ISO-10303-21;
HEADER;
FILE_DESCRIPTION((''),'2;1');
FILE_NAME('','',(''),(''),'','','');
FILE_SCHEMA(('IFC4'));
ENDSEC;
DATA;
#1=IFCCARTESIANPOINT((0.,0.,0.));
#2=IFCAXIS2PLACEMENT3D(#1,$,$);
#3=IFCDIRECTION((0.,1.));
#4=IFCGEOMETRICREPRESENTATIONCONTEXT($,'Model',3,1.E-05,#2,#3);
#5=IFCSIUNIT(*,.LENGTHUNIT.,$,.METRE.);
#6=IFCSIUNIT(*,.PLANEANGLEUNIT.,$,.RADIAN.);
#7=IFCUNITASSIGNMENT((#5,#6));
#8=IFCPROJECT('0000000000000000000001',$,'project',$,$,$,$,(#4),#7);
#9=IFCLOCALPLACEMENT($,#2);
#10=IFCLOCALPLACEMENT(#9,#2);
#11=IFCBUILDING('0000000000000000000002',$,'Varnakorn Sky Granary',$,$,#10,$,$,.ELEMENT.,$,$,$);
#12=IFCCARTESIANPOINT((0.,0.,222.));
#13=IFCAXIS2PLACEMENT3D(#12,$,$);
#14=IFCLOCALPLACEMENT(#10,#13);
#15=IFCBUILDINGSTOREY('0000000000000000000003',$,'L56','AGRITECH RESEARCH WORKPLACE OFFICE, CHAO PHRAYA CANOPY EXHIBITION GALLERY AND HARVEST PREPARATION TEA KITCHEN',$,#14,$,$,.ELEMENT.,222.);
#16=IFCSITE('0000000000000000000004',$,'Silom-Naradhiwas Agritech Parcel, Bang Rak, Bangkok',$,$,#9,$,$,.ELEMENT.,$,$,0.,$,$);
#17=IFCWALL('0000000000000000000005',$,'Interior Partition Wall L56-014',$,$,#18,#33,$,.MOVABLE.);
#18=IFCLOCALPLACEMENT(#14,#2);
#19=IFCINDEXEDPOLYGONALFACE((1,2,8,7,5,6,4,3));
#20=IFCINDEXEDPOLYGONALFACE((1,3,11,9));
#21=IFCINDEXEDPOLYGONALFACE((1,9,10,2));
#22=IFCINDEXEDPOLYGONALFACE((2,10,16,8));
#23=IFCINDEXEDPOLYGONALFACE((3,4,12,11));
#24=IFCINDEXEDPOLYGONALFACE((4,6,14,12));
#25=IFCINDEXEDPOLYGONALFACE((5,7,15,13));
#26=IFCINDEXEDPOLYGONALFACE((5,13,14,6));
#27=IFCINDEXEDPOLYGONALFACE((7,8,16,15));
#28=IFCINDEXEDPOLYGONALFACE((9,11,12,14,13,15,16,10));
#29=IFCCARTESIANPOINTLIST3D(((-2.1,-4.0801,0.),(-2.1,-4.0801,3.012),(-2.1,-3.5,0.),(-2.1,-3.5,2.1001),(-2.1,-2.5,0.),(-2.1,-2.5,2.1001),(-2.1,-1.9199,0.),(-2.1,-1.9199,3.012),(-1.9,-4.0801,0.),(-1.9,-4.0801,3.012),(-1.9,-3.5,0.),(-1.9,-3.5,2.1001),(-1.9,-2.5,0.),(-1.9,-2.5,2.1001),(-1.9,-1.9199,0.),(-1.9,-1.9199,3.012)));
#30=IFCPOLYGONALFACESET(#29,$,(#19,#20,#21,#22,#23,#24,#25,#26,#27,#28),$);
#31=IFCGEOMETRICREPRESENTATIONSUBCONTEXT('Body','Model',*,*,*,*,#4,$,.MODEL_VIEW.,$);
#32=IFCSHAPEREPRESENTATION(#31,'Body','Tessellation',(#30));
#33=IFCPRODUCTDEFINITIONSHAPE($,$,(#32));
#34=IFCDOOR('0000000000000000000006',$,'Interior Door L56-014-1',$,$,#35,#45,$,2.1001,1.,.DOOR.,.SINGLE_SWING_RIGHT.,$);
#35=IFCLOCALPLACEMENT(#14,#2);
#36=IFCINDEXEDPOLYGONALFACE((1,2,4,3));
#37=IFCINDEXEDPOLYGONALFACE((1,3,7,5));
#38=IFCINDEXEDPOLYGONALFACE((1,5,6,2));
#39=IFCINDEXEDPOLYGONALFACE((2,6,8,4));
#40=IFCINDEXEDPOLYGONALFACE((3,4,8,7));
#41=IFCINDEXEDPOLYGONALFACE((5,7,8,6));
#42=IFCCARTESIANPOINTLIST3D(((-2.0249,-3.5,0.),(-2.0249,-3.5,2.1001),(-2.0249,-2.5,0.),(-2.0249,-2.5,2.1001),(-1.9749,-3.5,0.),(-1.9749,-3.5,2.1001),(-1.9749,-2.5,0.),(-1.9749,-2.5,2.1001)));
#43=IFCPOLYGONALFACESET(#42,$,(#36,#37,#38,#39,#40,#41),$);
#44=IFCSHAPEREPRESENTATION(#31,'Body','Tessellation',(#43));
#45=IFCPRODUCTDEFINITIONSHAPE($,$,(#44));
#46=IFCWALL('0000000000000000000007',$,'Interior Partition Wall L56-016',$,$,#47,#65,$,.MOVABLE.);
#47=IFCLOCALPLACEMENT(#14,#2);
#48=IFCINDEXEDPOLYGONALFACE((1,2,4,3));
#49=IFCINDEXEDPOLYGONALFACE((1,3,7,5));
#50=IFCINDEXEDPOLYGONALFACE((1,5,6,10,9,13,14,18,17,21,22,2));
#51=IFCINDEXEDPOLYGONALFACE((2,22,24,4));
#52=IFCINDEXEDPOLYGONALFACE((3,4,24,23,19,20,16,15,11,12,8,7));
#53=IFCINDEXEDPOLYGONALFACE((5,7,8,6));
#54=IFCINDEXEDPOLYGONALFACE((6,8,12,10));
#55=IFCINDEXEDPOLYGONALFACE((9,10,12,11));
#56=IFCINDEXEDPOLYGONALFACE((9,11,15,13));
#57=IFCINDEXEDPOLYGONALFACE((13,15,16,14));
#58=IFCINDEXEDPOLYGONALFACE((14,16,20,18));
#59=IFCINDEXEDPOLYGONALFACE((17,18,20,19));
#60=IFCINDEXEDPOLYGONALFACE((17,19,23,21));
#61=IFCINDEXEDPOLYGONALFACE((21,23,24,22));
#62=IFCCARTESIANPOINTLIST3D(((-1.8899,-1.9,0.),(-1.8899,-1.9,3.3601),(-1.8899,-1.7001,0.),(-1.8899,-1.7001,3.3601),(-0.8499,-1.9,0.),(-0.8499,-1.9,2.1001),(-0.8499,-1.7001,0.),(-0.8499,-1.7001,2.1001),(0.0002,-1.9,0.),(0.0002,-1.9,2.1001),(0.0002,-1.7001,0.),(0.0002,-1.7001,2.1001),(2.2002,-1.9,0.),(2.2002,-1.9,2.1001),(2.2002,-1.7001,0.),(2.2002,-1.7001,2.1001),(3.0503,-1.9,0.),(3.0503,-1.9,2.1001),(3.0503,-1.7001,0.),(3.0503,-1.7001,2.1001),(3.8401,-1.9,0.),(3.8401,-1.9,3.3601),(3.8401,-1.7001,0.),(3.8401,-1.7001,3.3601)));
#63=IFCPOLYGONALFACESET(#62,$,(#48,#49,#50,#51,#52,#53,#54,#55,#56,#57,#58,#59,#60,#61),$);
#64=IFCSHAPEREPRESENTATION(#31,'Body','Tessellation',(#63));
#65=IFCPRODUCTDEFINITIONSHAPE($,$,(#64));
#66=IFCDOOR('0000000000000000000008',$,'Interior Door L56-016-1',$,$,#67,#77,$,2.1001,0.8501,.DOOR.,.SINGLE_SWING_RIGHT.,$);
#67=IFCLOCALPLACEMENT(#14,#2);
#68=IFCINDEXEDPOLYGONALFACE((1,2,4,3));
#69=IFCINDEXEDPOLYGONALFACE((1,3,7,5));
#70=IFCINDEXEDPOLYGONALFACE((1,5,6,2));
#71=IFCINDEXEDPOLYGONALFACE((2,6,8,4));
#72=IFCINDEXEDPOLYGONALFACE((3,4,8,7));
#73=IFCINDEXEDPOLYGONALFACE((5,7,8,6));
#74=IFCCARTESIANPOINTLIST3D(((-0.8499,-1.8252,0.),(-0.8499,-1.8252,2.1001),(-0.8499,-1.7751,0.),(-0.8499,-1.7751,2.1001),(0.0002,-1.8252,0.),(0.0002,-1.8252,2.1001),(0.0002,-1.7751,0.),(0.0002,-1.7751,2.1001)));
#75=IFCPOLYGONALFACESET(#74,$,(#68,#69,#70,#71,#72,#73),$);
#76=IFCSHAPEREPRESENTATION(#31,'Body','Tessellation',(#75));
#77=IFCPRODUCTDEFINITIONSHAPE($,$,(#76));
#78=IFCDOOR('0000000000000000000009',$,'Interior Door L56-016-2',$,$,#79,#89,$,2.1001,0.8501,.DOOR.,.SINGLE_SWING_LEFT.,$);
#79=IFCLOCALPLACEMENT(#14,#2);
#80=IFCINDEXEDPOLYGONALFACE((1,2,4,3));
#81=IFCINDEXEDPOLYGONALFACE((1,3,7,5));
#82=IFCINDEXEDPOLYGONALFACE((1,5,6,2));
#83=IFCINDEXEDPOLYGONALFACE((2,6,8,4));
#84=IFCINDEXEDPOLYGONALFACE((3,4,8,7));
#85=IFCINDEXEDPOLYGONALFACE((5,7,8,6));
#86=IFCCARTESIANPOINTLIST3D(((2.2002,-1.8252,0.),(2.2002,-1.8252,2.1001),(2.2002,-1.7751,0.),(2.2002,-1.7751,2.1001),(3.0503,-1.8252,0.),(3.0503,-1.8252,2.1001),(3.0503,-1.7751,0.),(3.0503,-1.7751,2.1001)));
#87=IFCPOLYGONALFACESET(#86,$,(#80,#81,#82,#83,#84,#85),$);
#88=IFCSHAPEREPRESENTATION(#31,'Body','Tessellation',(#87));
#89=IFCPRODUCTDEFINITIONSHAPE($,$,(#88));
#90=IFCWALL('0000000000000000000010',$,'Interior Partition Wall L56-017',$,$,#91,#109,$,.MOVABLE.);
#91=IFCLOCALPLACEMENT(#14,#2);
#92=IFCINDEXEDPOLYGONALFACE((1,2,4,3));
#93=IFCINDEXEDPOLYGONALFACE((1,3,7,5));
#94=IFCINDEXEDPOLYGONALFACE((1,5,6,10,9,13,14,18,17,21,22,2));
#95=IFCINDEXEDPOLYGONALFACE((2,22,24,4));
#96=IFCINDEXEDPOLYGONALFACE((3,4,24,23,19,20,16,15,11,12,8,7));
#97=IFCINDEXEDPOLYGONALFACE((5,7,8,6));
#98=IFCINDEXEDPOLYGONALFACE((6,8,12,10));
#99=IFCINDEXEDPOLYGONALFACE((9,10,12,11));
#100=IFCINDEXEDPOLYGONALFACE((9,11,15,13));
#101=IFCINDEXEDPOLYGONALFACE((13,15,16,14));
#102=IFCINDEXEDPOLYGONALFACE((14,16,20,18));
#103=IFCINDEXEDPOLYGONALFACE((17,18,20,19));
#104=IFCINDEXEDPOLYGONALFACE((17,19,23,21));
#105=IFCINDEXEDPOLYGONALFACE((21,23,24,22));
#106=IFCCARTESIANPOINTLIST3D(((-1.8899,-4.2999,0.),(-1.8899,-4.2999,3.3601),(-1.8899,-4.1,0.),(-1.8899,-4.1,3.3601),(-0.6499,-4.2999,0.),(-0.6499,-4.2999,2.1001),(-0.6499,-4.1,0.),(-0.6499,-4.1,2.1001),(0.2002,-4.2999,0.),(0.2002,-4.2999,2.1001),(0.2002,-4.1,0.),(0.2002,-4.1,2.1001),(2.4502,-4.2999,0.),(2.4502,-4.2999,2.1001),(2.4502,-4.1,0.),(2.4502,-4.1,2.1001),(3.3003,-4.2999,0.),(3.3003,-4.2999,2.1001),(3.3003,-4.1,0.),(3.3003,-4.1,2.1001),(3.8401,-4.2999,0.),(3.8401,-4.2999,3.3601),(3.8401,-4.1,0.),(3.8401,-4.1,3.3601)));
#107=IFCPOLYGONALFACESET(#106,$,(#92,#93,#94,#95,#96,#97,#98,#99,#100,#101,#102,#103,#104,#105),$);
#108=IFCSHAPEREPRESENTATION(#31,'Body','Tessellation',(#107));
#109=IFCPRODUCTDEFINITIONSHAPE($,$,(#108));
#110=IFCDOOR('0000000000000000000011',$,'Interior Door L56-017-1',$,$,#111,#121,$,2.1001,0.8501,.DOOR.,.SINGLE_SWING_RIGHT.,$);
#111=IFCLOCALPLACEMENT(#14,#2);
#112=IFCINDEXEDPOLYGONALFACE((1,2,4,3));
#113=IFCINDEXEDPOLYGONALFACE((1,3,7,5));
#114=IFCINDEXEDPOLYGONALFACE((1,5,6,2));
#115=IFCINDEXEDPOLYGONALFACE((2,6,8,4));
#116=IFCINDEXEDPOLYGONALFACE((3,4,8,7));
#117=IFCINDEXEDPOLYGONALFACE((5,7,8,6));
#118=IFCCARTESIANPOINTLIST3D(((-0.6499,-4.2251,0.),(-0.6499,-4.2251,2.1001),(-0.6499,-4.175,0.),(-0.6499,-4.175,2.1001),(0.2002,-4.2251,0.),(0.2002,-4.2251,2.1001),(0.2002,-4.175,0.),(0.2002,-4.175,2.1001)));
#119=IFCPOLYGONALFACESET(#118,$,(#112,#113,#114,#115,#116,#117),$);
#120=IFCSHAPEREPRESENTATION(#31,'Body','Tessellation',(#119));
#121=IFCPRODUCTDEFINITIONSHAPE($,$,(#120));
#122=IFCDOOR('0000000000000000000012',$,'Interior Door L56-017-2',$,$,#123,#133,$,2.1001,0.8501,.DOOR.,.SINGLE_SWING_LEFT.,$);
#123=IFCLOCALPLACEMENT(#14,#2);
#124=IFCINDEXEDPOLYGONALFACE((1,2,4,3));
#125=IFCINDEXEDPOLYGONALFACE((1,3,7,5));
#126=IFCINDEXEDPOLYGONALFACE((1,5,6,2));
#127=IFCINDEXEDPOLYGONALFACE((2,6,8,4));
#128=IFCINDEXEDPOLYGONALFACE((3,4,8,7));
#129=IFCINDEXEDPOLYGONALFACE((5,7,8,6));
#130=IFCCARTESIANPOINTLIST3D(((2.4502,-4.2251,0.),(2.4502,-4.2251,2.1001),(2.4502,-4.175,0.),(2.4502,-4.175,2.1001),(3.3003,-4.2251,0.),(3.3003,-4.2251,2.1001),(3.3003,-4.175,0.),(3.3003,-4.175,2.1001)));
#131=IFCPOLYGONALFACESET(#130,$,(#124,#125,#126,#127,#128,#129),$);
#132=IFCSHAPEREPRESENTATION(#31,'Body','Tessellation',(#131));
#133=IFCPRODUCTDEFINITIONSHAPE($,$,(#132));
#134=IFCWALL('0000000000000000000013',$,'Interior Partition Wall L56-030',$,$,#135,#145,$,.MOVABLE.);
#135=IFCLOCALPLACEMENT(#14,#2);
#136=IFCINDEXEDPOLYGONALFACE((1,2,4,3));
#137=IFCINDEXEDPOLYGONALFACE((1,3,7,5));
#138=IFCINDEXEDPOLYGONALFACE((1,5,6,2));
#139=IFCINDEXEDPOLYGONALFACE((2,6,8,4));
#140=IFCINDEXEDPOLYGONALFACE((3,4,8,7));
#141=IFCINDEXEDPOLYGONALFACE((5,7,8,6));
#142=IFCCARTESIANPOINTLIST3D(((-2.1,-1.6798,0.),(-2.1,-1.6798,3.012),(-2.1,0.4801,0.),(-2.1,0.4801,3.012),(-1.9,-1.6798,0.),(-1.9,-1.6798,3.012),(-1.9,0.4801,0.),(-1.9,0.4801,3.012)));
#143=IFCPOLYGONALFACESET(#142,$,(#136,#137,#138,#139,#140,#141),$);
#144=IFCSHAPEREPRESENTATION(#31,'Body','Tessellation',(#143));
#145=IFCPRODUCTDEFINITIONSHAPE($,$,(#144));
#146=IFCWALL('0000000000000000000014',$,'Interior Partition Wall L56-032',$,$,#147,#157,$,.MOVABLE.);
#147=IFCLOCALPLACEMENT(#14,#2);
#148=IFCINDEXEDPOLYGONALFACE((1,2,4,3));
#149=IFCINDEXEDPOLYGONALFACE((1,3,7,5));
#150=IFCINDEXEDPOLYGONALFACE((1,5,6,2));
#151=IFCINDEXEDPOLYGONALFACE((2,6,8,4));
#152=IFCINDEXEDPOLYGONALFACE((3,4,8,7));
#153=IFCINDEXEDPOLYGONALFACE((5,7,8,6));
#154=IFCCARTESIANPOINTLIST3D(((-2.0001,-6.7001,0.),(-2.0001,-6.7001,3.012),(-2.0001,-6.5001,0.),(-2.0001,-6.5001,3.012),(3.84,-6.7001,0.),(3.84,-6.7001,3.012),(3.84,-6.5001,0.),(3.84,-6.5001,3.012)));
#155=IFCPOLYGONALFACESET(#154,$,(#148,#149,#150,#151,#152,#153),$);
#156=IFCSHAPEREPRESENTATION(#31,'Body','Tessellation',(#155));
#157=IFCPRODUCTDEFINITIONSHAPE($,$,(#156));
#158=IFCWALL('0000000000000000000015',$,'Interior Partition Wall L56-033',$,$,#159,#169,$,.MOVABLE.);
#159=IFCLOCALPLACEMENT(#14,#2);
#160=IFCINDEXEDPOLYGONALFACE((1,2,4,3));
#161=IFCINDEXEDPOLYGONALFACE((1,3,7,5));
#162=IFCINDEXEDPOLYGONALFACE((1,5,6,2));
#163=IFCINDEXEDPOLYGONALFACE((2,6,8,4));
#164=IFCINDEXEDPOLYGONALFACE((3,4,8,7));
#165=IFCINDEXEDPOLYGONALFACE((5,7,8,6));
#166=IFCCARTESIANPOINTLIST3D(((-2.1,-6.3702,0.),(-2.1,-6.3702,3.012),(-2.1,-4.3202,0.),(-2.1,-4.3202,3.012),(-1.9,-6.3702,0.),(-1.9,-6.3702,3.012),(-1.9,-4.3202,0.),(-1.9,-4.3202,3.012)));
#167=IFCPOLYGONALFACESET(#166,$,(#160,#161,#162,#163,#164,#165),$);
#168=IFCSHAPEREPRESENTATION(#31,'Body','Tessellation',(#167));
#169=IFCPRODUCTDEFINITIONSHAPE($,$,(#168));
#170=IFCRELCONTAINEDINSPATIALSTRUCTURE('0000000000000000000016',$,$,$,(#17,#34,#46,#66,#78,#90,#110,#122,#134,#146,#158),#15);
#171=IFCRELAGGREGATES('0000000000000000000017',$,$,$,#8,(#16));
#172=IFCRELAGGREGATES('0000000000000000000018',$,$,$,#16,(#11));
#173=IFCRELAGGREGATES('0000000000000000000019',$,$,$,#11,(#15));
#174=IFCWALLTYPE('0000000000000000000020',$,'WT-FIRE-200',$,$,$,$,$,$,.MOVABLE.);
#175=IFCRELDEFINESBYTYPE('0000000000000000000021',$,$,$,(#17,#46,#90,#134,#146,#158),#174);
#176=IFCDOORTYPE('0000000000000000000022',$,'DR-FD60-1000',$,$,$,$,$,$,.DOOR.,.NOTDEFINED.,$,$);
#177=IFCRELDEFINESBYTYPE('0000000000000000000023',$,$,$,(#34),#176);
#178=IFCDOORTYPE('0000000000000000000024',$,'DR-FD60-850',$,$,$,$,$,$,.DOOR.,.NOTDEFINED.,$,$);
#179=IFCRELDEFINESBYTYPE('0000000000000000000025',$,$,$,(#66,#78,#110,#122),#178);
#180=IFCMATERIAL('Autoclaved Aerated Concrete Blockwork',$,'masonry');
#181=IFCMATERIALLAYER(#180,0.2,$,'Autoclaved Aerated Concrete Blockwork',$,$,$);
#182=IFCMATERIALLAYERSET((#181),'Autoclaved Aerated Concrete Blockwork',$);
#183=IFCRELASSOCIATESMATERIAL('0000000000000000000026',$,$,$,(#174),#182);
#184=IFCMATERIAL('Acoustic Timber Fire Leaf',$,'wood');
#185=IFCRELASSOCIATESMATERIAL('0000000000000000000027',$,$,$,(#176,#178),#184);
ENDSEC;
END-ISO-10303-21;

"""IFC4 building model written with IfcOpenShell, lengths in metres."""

from ifc_helpers import new_model, si_unit, direction, frame, frame_2d, origin, place, context, subcontext, project, spatial, rectangle, extrude, material, layer, layer_set, type_object, element, fill, save


model = new_model("IFC4")

# Units and contexts
model_context = context("Model", 3, precision=1e-05, world=origin(), true_north=direction((0.0, 1.0)))
body_context = subcontext(model_context, "Body", "Model", "MODEL_VIEW")
ifc_project = project(units=[si_unit("LENGTHUNIT", "METRE"), si_unit("PLANEANGLEUNIT", "RADIAN")], contexts=[model_context])

# Site, building, storey
site_placement = place(None, origin())
site = spatial("IfcSite", under=ifc_project, at=site_placement, Name="Silom-Naradhiwas Agritech Parcel, Bang Rak, Bangkok", CompositionType="ELEMENT", RefElevation=0.0)
building_placement = place(site_placement, origin())
building = spatial("IfcBuilding", under=site, at=building_placement, Name="Varnakorn Sky Granary", CompositionType="ELEMENT")
storey_placement = place(building_placement, frame((0.0, 0.0, 222.0)))
storey = spatial("IfcBuildingStorey", under=building, at=storey_placement, Name="L56", Description="AGRITECH RESEARCH WORKPLACE OFFICE, CHAO PHRAYA CANOPY EXHIBITION GALLERY AND HARVEST PREPARATION TEA KITCHEN", CompositionType="ELEMENT", Elevation=222.0)

# Wall, opening, door
ifc_material_1 = material(Name="Autoclaved Aerated Concrete Blockwork", Category="masonry")
ifc_layer_1 = layer(ifc_material_1, 0.2, Name="Autoclaved Aerated Concrete Blockwork")
ifc_layer_set_1 = layer_set([ifc_layer_1], Name="Autoclaved Aerated Concrete Blockwork")
wall_type_1 = type_object("IfcWallType", Name="WT-FIRE-200", PredefinedType="MOVABLE", material=ifc_layer_set_1)
wall_1_placement = place(storey_placement, frame((-2.0, -4.0801, 0.0), z_axis=(0.0, 0.0, 1.0), x_axis=(0.0, 1.0, 0.0)))
wall_1 = element("IfcWall", 1, at=wall_1_placement, inside=storey, type_object=wall_type_1, Name="Interior Partition Wall L56-014", PredefinedType="MOVABLE", context=body_context, shape_type="SweptSolid", body=[
    extrude(rectangle(XDim=2.1602, YDim=0.2, at=frame_2d((1.0801, 0.0))), origin(), (0.0, 0.0, 1.0), 3.012),
])
opening_1_placement = place(wall_1_placement, frame((0.5801, 0.0, 0.0)))
opening_1 = element("IfcOpeningElement", 2, at=opening_1_placement, cuts=wall_1, PredefinedType="OPENING", context=body_context, shape_type="SweptSolid", body=[
    extrude(rectangle(XDim=1.0, YDim=2.1001, at=frame_2d((0.5, 1.05))), frame((0.0, 0.1099, 0.0), z_axis=(0.0, -1.0, 0.0), x_axis=(1.0, 0.0, 0.0)), (0.0, 0.0, 1.0), 0.22),
])
ifc_material_2 = material(Name="Acoustic Timber Fire Leaf", Category="wood")
door_type_1 = type_object("IfcDoorType", Name="DR-FD60-1000", OperationType="NOTDEFINED", PredefinedType="DOOR", material=ifc_material_2)
door_1_placement = place(opening_1_placement, origin())
door_1 = element("IfcDoor", 3, at=door_1_placement, inside=storey, type_object=door_type_1, Name="Interior Door L56-014-1", OperationType="SINGLE_SWING_RIGHT", OverallHeight=2.1001, OverallWidth=1.0, PredefinedType="DOOR", context=body_context, shape_type="SweptSolid", body=[
    extrude(rectangle(XDim=1.0, YDim=2.1001, at=frame_2d((0.5, 1.05))), frame((0.0, 0.0249, 0.0), z_axis=(0.0, -1.0, 0.0), x_axis=(1.0, 0.0, 0.0)), (0.0, 0.0, 1.0), 0.05),
])
fill(opening_1, door_1)

# Walls, openings, doors
wall_2_placement = place(storey_placement, frame((-1.8899, -1.8, 0.0), z_axis=(0.0, 0.0, 1.0), x_axis=(1.0, 0.0, 0.0)))
wall_2 = element("IfcWall", 4, at=wall_2_placement, inside=storey, type_object=wall_type_1, Name="Interior Partition Wall L56-016", PredefinedType="MOVABLE", context=body_context, shape_type="SweptSolid", body=[
    extrude(rectangle(XDim=5.73, YDim=0.2, at=frame_2d((2.865, 0.0))), origin(), (0.0, 0.0, 1.0), 3.3601),
])
opening_2_placement = place(wall_2_placement, frame((1.04, 0.0, 0.0)))
opening_2 = element("IfcOpeningElement", 5, at=opening_2_placement, cuts=wall_2, PredefinedType="OPENING", context=body_context, shape_type="SweptSolid", body=[
    extrude(rectangle(XDim=0.8501, YDim=2.1001, at=frame_2d((0.425, 1.05))), frame((0.0, 0.1099, 0.0), z_axis=(0.0, -1.0, 0.0), x_axis=(1.0, 0.0, 0.0)), (0.0, 0.0, 1.0), 0.22),
])
opening_3_placement = place(wall_2_placement, frame((4.0901, 0.0, 0.0)))
opening_3 = element("IfcOpeningElement", 6, at=opening_3_placement, cuts=wall_2, PredefinedType="OPENING", context=body_context, shape_type="SweptSolid", body=[
    extrude(rectangle(XDim=0.8501, YDim=2.1001, at=frame_2d((0.425, 1.05))), frame((0.0, 0.1099, 0.0), z_axis=(0.0, -1.0, 0.0), x_axis=(1.0, 0.0, 0.0)), (0.0, 0.0, 1.0), 0.22),
])
door_type_2 = type_object("IfcDoorType", Name="DR-FD60-850", OperationType="NOTDEFINED", PredefinedType="DOOR", material=ifc_material_2)
door_2_placement = place(opening_2_placement, origin())
door_2 = element("IfcDoor", 7, at=door_2_placement, inside=storey, type_object=door_type_2, Name="Interior Door L56-016-1", OperationType="SINGLE_SWING_RIGHT", OverallHeight=2.1001, OverallWidth=0.8501, PredefinedType="DOOR", context=body_context, shape_type="SweptSolid", body=[
    extrude(rectangle(XDim=0.8501, YDim=2.1001, at=frame_2d((0.425, 1.05))), frame((0.0, 0.0249, 0.0), z_axis=(0.0, -1.0, 0.0), x_axis=(1.0, 0.0, 0.0)), (0.0, 0.0, 1.0), 0.05),
])
fill(opening_2, door_2)
door_3_placement = place(opening_3_placement, origin())
door_3 = element("IfcDoor", 8, at=door_3_placement, inside=storey, type_object=door_type_2, Name="Interior Door L56-016-2", OperationType="SINGLE_SWING_LEFT", OverallHeight=2.1001, OverallWidth=0.8501, PredefinedType="DOOR", context=body_context, shape_type="SweptSolid", body=[
    extrude(rectangle(XDim=0.8501, YDim=2.1001, at=frame_2d((0.425, 1.05))), frame((0.0, 0.0249, 0.0), z_axis=(0.0, -1.0, 0.0), x_axis=(1.0, 0.0, 0.0)), (0.0, 0.0, 1.0), 0.05),
])
fill(opening_3, door_3)
wall_3_placement = place(storey_placement, frame((-1.8899, -4.2, 0.0), z_axis=(0.0, 0.0, 1.0), x_axis=(1.0, 0.0, 0.0)))
wall_3 = element("IfcWall", 9, at=wall_3_placement, inside=storey, type_object=wall_type_1, Name="Interior Partition Wall L56-017", PredefinedType="MOVABLE", context=body_context, shape_type="SweptSolid", body=[
    extrude(rectangle(XDim=5.73, YDim=0.2, at=frame_2d((2.865, 0.0))), origin(), (0.0, 0.0, 1.0), 3.3601),
])
opening_4_placement = place(wall_3_placement, frame((1.24, 0.0, 0.0)))
opening_4 = element("IfcOpeningElement", 10, at=opening_4_placement, cuts=wall_3, PredefinedType="OPENING", context=body_context, shape_type="SweptSolid", body=[
    extrude(rectangle(XDim=0.8501, YDim=2.1001, at=frame_2d((0.425, 1.05))), frame((0.0, 0.1099, 0.0), z_axis=(0.0, -1.0, 0.0), x_axis=(1.0, 0.0, 0.0)), (0.0, 0.0, 1.0), 0.22),
])
opening_5_placement = place(wall_3_placement, frame((4.3401, 0.0, 0.0)))
opening_5 = element("IfcOpeningElement", 11, at=opening_5_placement, cuts=wall_3, PredefinedType="OPENING", context=body_context, shape_type="SweptSolid", body=[
    extrude(rectangle(XDim=0.8501, YDim=2.1001, at=frame_2d((0.425, 1.05))), frame((0.0, 0.1099, 0.0), z_axis=(0.0, -1.0, 0.0), x_axis=(1.0, 0.0, 0.0)), (0.0, 0.0, 1.0), 0.22),
])
door_4_placement = place(opening_4_placement, origin())
door_4 = element("IfcDoor", 12, at=door_4_placement, inside=storey, type_object=door_type_2, Name="Interior Door L56-017-1", OperationType="SINGLE_SWING_RIGHT", OverallHeight=2.1001, OverallWidth=0.8501, PredefinedType="DOOR", context=body_context, shape_type="SweptSolid", body=[
    extrude(rectangle(XDim=0.8501, YDim=2.1001, at=frame_2d((0.425, 1.05))), frame((0.0, 0.0249, 0.0), z_axis=(0.0, -1.0, 0.0), x_axis=(1.0, 0.0, 0.0)), (0.0, 0.0, 1.0), 0.05),
])
fill(opening_4, door_4)
door_5_placement = place(opening_5_placement, origin())
door_5 = element("IfcDoor", 13, at=door_5_placement, inside=storey, type_object=door_type_2, Name="Interior Door L56-017-2", OperationType="SINGLE_SWING_LEFT", OverallHeight=2.1001, OverallWidth=0.8501, PredefinedType="DOOR", context=body_context, shape_type="SweptSolid", body=[
    extrude(rectangle(XDim=0.8501, YDim=2.1001, at=frame_2d((0.425, 1.05))), frame((0.0, 0.0249, 0.0), z_axis=(0.0, -1.0, 0.0), x_axis=(1.0, 0.0, 0.0)), (0.0, 0.0, 1.0), 0.05),
])
fill(opening_5, door_5)

# Walls
wall_4_placement = place(storey_placement, frame((-2.0, -1.6799, 0.0), z_axis=(0.0, 0.0, 1.0), x_axis=(0.0, 1.0, 0.0)))
element("IfcWall", 14, at=wall_4_placement, inside=storey, type_object=wall_type_1, Name="Interior Partition Wall L56-030", PredefinedType="MOVABLE", context=body_context, shape_type="SweptSolid", body=[
    extrude(rectangle(XDim=2.1599, YDim=0.2, at=frame_2d((1.0801, 0.0))), origin(), (0.0, 0.0, 1.0), 3.012),
])
wall_5_placement = place(storey_placement, frame((-2.0, -6.6001, 0.0), z_axis=(0.0, 0.0, 1.0), x_axis=(1.0, 0.0, 0.0)))
element("IfcWall", 15, at=wall_5_placement, inside=storey, type_object=wall_type_1, Name="Interior Partition Wall L56-032", PredefinedType="MOVABLE", context=body_context, shape_type="SweptSolid", body=[
    extrude(rectangle(XDim=5.8401, YDim=0.2, at=frame_2d((2.9199, 0.0))), origin(), (0.0, 0.0, 1.0), 3.012),
])
wall_6_placement = place(storey_placement, frame((-2.0, -6.3701, 0.0), z_axis=(0.0, 0.0, 1.0), x_axis=(0.0, 1.0, 0.0)))
element("IfcWall", 16, at=wall_6_placement, inside=storey, type_object=wall_type_1, Name="Interior Partition Wall L56-033", PredefinedType="MOVABLE", context=body_context, shape_type="SweptSolid", body=[
    extrude(rectangle(XDim=2.05, YDim=0.2, at=frame_2d((1.0249, 0.0))), origin(), (0.0, 0.0, 1.0), 3.012),
])

save(model, "model.ifc")
